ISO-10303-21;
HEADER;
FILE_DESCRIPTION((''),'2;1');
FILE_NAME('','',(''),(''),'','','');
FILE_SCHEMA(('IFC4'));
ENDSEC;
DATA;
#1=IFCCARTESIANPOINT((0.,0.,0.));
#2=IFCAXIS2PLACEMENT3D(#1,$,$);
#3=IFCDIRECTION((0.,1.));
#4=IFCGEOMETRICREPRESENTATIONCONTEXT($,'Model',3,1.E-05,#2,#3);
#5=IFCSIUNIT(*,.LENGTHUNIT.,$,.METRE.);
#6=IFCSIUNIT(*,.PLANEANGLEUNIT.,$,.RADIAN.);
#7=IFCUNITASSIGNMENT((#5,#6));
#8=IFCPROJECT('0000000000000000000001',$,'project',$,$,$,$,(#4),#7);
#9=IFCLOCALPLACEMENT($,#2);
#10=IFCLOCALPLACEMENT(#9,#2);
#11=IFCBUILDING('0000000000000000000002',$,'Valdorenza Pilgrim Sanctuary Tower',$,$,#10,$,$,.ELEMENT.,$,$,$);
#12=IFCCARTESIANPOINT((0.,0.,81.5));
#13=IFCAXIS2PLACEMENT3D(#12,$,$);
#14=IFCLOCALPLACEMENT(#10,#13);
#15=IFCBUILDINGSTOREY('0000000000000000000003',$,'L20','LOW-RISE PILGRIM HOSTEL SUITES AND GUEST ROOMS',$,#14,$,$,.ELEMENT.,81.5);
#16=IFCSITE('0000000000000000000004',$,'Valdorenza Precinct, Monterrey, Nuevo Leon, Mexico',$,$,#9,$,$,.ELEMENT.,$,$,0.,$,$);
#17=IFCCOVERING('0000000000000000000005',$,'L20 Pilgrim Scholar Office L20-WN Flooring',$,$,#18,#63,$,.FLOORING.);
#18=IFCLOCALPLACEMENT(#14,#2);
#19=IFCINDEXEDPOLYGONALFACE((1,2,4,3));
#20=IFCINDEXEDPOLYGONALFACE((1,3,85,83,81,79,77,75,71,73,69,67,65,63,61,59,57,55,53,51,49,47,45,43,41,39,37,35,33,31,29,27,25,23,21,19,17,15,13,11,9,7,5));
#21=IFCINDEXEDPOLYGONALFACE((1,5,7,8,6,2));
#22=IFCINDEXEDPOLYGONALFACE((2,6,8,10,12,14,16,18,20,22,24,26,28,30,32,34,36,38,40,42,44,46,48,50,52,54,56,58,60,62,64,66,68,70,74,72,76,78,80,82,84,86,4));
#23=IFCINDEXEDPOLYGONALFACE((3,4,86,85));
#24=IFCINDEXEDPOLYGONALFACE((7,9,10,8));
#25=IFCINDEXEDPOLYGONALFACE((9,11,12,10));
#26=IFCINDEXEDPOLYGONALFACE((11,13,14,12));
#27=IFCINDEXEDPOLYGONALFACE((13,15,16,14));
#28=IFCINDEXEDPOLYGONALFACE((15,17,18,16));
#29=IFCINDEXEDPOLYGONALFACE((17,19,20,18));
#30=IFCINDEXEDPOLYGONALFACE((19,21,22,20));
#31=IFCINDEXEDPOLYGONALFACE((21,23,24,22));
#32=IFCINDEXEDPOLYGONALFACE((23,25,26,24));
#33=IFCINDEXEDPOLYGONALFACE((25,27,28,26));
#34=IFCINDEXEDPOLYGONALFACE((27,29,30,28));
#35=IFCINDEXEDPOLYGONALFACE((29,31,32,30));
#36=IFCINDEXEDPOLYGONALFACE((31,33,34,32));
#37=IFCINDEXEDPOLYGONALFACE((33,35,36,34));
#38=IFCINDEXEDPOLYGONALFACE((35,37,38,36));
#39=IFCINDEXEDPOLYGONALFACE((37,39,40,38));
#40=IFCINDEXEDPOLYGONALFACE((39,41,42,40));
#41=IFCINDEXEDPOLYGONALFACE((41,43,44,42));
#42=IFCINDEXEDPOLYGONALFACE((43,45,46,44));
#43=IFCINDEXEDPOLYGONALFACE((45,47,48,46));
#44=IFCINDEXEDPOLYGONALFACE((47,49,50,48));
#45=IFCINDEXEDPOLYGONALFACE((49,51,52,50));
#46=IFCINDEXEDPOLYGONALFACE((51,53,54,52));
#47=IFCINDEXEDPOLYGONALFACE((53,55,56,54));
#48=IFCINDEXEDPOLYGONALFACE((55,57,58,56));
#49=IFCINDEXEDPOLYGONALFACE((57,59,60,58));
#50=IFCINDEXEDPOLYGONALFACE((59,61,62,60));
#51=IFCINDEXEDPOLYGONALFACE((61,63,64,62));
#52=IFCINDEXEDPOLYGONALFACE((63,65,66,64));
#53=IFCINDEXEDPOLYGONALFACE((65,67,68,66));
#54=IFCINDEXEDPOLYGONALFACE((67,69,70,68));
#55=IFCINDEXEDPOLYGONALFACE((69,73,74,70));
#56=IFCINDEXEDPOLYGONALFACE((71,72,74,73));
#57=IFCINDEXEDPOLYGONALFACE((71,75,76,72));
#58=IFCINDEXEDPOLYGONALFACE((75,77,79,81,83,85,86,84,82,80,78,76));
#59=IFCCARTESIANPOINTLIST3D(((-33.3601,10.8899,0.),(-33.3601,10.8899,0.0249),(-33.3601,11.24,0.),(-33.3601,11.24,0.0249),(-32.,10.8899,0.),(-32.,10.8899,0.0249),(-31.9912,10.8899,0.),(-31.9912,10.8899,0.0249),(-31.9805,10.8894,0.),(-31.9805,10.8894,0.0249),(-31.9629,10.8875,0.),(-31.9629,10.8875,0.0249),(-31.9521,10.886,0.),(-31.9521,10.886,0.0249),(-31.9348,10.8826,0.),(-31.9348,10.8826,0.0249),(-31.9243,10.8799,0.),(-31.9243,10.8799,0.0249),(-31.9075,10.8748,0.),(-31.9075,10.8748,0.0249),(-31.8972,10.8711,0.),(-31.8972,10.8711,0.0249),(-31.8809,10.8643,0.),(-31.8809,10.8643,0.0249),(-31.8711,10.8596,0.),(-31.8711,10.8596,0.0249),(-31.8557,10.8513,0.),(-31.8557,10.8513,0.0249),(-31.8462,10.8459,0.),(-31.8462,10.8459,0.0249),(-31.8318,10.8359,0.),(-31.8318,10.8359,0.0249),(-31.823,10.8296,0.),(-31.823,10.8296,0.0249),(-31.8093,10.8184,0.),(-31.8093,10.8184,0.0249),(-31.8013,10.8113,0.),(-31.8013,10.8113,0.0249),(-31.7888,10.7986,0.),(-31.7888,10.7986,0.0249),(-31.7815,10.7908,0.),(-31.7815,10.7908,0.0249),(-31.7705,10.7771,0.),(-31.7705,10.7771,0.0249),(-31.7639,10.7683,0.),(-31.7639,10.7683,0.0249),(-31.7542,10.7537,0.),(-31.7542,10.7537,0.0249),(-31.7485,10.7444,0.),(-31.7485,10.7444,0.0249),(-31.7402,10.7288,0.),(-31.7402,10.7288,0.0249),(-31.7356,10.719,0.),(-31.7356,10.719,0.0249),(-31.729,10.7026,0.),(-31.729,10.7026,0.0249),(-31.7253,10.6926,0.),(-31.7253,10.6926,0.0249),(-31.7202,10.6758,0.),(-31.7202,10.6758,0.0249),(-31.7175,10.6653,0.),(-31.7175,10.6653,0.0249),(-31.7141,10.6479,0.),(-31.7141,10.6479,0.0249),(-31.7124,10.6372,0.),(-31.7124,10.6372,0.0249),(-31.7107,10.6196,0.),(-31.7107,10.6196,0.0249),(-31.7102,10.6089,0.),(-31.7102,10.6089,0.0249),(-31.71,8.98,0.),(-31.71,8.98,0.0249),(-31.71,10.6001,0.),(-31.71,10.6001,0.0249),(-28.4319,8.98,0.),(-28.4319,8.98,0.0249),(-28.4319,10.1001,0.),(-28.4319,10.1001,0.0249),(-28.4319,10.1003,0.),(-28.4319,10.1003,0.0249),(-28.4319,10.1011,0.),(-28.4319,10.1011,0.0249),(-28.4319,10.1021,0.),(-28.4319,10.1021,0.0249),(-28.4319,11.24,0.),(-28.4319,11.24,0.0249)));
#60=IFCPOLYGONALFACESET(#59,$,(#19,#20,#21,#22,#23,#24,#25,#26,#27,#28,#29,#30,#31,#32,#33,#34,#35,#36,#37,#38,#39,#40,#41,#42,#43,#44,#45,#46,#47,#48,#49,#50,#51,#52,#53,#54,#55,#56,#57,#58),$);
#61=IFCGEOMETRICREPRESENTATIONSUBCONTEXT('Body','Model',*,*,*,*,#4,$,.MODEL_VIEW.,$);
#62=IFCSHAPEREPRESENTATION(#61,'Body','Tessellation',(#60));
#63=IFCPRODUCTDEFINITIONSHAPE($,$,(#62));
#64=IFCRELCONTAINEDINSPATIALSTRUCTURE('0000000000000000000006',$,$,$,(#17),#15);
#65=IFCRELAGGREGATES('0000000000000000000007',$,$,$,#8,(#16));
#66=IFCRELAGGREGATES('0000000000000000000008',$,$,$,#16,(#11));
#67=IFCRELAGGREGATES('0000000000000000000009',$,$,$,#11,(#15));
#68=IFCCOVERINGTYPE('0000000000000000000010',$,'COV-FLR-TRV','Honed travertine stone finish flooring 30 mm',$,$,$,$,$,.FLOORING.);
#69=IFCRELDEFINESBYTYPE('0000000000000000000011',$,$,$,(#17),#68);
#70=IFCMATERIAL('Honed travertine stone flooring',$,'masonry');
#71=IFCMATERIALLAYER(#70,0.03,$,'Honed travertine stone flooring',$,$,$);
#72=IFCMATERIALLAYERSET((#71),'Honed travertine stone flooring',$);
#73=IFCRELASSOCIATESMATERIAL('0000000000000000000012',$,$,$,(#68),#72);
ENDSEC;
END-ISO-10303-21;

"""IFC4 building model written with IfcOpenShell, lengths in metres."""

from ifc_helpers import new_model, si_unit, direction, frame, origin, place, context, subcontext, project, spatial, polyline, outline, extrude, material, layer, layer_set, type_object, element, save


model = new_model("IFC4")

# Units and contexts
model_context = context("Model", 3, precision=1e-05, world=origin(), true_north=direction((0.0, 1.0)))
body_context = subcontext(model_context, "Body", "Model", "MODEL_VIEW")
ifc_project = project(units=[si_unit("LENGTHUNIT", "METRE"), si_unit("PLANEANGLEUNIT", "RADIAN")], contexts=[model_context])

# Site, building, storey
site_placement = place(None, origin())
site = spatial("IfcSite", under=ifc_project, at=site_placement, Name="Valdorenza Precinct, Monterrey, Nuevo Leon, Mexico", CompositionType="ELEMENT", RefElevation=0.0)
building_placement = place(site_placement, origin())
building = spatial("IfcBuilding", under=site, at=building_placement, Name="Valdorenza Pilgrim Sanctuary Tower", CompositionType="ELEMENT")
storey_placement = place(building_placement, frame((0.0, 0.0, 81.5)))
storey = spatial("IfcBuildingStorey", under=building, at=storey_placement, Name="L20", Description="LOW-RISE PILGRIM HOSTEL SUITES AND GUEST ROOMS", CompositionType="ELEMENT", Elevation=81.5)

# Covering
ifc_material_1 = material(Name="Honed travertine stone flooring", Category="masonry")
ifc_layer_1 = layer(ifc_material_1, 0.03, Name="Honed travertine stone flooring")
ifc_layer_set_1 = layer_set([ifc_layer_1], Name="Honed travertine stone flooring")
covering_type_1 = type_object("IfcCoveringType", Name="COV-FLR-TRV", Description="Honed travertine stone finish flooring 30 mm", PredefinedType="FLOORING", material=ifc_layer_set_1)
covering_1_placement = place(storey_placement, origin())
element("IfcCovering", 1, at=covering_1_placement, inside=storey, type_object=covering_type_1, Name="L20 Pilgrim Scholar Office L20-WN Flooring", PredefinedType="FLOORING", context=body_context, shape_type="SweptSolid", body=[
    extrude(outline(polyline([(-28.4319, 11.24), (-28.4319, 10.1021), (-28.4319, 10.1011), (-28.4319, 10.1003), (-28.4319, 10.1001), (-28.4319, 8.98), (-31.71, 8.98), (-31.71, 10.6001), (-31.7102, 10.6089), (-31.7107, 10.6196), (-31.7124, 10.6372), (-31.7141, 10.6479), (-31.7175, 10.6653), (-31.7202, 10.6758), (-31.7253, 10.6926), (-31.729, 10.7026), (-31.7356, 10.719), (-31.7402, 10.7288), (-31.7485, 10.7444), (-31.7542, 10.7537), (-31.7639, 10.7683), (-31.7705, 10.7771), (-31.7815, 10.7908), (-31.7888, 10.7986), (-31.8013, 10.8113), (-31.8093, 10.8184), (-31.823, 10.8296), (-31.8318, 10.8359), (-31.8462, 10.8459), (-31.8557, 10.8513), (-31.8711, 10.8596), (-31.8809, 10.8643), (-31.8972, 10.8711), (-31.9075, 10.8748), (-31.9243, 10.8799), (-31.9348, 10.8826), (-31.9521, 10.886), (-31.9629, 10.8875), (-31.9805, 10.8894), (-31.9912, 10.8899), (-32.0, 10.8899), (-33.3601, 10.8899), (-33.3601, 11.24), (-28.4319, 11.24)])), origin(), (0.0, 0.0, 1.0), 0.0249),
])

save(model, "model.ifc")
